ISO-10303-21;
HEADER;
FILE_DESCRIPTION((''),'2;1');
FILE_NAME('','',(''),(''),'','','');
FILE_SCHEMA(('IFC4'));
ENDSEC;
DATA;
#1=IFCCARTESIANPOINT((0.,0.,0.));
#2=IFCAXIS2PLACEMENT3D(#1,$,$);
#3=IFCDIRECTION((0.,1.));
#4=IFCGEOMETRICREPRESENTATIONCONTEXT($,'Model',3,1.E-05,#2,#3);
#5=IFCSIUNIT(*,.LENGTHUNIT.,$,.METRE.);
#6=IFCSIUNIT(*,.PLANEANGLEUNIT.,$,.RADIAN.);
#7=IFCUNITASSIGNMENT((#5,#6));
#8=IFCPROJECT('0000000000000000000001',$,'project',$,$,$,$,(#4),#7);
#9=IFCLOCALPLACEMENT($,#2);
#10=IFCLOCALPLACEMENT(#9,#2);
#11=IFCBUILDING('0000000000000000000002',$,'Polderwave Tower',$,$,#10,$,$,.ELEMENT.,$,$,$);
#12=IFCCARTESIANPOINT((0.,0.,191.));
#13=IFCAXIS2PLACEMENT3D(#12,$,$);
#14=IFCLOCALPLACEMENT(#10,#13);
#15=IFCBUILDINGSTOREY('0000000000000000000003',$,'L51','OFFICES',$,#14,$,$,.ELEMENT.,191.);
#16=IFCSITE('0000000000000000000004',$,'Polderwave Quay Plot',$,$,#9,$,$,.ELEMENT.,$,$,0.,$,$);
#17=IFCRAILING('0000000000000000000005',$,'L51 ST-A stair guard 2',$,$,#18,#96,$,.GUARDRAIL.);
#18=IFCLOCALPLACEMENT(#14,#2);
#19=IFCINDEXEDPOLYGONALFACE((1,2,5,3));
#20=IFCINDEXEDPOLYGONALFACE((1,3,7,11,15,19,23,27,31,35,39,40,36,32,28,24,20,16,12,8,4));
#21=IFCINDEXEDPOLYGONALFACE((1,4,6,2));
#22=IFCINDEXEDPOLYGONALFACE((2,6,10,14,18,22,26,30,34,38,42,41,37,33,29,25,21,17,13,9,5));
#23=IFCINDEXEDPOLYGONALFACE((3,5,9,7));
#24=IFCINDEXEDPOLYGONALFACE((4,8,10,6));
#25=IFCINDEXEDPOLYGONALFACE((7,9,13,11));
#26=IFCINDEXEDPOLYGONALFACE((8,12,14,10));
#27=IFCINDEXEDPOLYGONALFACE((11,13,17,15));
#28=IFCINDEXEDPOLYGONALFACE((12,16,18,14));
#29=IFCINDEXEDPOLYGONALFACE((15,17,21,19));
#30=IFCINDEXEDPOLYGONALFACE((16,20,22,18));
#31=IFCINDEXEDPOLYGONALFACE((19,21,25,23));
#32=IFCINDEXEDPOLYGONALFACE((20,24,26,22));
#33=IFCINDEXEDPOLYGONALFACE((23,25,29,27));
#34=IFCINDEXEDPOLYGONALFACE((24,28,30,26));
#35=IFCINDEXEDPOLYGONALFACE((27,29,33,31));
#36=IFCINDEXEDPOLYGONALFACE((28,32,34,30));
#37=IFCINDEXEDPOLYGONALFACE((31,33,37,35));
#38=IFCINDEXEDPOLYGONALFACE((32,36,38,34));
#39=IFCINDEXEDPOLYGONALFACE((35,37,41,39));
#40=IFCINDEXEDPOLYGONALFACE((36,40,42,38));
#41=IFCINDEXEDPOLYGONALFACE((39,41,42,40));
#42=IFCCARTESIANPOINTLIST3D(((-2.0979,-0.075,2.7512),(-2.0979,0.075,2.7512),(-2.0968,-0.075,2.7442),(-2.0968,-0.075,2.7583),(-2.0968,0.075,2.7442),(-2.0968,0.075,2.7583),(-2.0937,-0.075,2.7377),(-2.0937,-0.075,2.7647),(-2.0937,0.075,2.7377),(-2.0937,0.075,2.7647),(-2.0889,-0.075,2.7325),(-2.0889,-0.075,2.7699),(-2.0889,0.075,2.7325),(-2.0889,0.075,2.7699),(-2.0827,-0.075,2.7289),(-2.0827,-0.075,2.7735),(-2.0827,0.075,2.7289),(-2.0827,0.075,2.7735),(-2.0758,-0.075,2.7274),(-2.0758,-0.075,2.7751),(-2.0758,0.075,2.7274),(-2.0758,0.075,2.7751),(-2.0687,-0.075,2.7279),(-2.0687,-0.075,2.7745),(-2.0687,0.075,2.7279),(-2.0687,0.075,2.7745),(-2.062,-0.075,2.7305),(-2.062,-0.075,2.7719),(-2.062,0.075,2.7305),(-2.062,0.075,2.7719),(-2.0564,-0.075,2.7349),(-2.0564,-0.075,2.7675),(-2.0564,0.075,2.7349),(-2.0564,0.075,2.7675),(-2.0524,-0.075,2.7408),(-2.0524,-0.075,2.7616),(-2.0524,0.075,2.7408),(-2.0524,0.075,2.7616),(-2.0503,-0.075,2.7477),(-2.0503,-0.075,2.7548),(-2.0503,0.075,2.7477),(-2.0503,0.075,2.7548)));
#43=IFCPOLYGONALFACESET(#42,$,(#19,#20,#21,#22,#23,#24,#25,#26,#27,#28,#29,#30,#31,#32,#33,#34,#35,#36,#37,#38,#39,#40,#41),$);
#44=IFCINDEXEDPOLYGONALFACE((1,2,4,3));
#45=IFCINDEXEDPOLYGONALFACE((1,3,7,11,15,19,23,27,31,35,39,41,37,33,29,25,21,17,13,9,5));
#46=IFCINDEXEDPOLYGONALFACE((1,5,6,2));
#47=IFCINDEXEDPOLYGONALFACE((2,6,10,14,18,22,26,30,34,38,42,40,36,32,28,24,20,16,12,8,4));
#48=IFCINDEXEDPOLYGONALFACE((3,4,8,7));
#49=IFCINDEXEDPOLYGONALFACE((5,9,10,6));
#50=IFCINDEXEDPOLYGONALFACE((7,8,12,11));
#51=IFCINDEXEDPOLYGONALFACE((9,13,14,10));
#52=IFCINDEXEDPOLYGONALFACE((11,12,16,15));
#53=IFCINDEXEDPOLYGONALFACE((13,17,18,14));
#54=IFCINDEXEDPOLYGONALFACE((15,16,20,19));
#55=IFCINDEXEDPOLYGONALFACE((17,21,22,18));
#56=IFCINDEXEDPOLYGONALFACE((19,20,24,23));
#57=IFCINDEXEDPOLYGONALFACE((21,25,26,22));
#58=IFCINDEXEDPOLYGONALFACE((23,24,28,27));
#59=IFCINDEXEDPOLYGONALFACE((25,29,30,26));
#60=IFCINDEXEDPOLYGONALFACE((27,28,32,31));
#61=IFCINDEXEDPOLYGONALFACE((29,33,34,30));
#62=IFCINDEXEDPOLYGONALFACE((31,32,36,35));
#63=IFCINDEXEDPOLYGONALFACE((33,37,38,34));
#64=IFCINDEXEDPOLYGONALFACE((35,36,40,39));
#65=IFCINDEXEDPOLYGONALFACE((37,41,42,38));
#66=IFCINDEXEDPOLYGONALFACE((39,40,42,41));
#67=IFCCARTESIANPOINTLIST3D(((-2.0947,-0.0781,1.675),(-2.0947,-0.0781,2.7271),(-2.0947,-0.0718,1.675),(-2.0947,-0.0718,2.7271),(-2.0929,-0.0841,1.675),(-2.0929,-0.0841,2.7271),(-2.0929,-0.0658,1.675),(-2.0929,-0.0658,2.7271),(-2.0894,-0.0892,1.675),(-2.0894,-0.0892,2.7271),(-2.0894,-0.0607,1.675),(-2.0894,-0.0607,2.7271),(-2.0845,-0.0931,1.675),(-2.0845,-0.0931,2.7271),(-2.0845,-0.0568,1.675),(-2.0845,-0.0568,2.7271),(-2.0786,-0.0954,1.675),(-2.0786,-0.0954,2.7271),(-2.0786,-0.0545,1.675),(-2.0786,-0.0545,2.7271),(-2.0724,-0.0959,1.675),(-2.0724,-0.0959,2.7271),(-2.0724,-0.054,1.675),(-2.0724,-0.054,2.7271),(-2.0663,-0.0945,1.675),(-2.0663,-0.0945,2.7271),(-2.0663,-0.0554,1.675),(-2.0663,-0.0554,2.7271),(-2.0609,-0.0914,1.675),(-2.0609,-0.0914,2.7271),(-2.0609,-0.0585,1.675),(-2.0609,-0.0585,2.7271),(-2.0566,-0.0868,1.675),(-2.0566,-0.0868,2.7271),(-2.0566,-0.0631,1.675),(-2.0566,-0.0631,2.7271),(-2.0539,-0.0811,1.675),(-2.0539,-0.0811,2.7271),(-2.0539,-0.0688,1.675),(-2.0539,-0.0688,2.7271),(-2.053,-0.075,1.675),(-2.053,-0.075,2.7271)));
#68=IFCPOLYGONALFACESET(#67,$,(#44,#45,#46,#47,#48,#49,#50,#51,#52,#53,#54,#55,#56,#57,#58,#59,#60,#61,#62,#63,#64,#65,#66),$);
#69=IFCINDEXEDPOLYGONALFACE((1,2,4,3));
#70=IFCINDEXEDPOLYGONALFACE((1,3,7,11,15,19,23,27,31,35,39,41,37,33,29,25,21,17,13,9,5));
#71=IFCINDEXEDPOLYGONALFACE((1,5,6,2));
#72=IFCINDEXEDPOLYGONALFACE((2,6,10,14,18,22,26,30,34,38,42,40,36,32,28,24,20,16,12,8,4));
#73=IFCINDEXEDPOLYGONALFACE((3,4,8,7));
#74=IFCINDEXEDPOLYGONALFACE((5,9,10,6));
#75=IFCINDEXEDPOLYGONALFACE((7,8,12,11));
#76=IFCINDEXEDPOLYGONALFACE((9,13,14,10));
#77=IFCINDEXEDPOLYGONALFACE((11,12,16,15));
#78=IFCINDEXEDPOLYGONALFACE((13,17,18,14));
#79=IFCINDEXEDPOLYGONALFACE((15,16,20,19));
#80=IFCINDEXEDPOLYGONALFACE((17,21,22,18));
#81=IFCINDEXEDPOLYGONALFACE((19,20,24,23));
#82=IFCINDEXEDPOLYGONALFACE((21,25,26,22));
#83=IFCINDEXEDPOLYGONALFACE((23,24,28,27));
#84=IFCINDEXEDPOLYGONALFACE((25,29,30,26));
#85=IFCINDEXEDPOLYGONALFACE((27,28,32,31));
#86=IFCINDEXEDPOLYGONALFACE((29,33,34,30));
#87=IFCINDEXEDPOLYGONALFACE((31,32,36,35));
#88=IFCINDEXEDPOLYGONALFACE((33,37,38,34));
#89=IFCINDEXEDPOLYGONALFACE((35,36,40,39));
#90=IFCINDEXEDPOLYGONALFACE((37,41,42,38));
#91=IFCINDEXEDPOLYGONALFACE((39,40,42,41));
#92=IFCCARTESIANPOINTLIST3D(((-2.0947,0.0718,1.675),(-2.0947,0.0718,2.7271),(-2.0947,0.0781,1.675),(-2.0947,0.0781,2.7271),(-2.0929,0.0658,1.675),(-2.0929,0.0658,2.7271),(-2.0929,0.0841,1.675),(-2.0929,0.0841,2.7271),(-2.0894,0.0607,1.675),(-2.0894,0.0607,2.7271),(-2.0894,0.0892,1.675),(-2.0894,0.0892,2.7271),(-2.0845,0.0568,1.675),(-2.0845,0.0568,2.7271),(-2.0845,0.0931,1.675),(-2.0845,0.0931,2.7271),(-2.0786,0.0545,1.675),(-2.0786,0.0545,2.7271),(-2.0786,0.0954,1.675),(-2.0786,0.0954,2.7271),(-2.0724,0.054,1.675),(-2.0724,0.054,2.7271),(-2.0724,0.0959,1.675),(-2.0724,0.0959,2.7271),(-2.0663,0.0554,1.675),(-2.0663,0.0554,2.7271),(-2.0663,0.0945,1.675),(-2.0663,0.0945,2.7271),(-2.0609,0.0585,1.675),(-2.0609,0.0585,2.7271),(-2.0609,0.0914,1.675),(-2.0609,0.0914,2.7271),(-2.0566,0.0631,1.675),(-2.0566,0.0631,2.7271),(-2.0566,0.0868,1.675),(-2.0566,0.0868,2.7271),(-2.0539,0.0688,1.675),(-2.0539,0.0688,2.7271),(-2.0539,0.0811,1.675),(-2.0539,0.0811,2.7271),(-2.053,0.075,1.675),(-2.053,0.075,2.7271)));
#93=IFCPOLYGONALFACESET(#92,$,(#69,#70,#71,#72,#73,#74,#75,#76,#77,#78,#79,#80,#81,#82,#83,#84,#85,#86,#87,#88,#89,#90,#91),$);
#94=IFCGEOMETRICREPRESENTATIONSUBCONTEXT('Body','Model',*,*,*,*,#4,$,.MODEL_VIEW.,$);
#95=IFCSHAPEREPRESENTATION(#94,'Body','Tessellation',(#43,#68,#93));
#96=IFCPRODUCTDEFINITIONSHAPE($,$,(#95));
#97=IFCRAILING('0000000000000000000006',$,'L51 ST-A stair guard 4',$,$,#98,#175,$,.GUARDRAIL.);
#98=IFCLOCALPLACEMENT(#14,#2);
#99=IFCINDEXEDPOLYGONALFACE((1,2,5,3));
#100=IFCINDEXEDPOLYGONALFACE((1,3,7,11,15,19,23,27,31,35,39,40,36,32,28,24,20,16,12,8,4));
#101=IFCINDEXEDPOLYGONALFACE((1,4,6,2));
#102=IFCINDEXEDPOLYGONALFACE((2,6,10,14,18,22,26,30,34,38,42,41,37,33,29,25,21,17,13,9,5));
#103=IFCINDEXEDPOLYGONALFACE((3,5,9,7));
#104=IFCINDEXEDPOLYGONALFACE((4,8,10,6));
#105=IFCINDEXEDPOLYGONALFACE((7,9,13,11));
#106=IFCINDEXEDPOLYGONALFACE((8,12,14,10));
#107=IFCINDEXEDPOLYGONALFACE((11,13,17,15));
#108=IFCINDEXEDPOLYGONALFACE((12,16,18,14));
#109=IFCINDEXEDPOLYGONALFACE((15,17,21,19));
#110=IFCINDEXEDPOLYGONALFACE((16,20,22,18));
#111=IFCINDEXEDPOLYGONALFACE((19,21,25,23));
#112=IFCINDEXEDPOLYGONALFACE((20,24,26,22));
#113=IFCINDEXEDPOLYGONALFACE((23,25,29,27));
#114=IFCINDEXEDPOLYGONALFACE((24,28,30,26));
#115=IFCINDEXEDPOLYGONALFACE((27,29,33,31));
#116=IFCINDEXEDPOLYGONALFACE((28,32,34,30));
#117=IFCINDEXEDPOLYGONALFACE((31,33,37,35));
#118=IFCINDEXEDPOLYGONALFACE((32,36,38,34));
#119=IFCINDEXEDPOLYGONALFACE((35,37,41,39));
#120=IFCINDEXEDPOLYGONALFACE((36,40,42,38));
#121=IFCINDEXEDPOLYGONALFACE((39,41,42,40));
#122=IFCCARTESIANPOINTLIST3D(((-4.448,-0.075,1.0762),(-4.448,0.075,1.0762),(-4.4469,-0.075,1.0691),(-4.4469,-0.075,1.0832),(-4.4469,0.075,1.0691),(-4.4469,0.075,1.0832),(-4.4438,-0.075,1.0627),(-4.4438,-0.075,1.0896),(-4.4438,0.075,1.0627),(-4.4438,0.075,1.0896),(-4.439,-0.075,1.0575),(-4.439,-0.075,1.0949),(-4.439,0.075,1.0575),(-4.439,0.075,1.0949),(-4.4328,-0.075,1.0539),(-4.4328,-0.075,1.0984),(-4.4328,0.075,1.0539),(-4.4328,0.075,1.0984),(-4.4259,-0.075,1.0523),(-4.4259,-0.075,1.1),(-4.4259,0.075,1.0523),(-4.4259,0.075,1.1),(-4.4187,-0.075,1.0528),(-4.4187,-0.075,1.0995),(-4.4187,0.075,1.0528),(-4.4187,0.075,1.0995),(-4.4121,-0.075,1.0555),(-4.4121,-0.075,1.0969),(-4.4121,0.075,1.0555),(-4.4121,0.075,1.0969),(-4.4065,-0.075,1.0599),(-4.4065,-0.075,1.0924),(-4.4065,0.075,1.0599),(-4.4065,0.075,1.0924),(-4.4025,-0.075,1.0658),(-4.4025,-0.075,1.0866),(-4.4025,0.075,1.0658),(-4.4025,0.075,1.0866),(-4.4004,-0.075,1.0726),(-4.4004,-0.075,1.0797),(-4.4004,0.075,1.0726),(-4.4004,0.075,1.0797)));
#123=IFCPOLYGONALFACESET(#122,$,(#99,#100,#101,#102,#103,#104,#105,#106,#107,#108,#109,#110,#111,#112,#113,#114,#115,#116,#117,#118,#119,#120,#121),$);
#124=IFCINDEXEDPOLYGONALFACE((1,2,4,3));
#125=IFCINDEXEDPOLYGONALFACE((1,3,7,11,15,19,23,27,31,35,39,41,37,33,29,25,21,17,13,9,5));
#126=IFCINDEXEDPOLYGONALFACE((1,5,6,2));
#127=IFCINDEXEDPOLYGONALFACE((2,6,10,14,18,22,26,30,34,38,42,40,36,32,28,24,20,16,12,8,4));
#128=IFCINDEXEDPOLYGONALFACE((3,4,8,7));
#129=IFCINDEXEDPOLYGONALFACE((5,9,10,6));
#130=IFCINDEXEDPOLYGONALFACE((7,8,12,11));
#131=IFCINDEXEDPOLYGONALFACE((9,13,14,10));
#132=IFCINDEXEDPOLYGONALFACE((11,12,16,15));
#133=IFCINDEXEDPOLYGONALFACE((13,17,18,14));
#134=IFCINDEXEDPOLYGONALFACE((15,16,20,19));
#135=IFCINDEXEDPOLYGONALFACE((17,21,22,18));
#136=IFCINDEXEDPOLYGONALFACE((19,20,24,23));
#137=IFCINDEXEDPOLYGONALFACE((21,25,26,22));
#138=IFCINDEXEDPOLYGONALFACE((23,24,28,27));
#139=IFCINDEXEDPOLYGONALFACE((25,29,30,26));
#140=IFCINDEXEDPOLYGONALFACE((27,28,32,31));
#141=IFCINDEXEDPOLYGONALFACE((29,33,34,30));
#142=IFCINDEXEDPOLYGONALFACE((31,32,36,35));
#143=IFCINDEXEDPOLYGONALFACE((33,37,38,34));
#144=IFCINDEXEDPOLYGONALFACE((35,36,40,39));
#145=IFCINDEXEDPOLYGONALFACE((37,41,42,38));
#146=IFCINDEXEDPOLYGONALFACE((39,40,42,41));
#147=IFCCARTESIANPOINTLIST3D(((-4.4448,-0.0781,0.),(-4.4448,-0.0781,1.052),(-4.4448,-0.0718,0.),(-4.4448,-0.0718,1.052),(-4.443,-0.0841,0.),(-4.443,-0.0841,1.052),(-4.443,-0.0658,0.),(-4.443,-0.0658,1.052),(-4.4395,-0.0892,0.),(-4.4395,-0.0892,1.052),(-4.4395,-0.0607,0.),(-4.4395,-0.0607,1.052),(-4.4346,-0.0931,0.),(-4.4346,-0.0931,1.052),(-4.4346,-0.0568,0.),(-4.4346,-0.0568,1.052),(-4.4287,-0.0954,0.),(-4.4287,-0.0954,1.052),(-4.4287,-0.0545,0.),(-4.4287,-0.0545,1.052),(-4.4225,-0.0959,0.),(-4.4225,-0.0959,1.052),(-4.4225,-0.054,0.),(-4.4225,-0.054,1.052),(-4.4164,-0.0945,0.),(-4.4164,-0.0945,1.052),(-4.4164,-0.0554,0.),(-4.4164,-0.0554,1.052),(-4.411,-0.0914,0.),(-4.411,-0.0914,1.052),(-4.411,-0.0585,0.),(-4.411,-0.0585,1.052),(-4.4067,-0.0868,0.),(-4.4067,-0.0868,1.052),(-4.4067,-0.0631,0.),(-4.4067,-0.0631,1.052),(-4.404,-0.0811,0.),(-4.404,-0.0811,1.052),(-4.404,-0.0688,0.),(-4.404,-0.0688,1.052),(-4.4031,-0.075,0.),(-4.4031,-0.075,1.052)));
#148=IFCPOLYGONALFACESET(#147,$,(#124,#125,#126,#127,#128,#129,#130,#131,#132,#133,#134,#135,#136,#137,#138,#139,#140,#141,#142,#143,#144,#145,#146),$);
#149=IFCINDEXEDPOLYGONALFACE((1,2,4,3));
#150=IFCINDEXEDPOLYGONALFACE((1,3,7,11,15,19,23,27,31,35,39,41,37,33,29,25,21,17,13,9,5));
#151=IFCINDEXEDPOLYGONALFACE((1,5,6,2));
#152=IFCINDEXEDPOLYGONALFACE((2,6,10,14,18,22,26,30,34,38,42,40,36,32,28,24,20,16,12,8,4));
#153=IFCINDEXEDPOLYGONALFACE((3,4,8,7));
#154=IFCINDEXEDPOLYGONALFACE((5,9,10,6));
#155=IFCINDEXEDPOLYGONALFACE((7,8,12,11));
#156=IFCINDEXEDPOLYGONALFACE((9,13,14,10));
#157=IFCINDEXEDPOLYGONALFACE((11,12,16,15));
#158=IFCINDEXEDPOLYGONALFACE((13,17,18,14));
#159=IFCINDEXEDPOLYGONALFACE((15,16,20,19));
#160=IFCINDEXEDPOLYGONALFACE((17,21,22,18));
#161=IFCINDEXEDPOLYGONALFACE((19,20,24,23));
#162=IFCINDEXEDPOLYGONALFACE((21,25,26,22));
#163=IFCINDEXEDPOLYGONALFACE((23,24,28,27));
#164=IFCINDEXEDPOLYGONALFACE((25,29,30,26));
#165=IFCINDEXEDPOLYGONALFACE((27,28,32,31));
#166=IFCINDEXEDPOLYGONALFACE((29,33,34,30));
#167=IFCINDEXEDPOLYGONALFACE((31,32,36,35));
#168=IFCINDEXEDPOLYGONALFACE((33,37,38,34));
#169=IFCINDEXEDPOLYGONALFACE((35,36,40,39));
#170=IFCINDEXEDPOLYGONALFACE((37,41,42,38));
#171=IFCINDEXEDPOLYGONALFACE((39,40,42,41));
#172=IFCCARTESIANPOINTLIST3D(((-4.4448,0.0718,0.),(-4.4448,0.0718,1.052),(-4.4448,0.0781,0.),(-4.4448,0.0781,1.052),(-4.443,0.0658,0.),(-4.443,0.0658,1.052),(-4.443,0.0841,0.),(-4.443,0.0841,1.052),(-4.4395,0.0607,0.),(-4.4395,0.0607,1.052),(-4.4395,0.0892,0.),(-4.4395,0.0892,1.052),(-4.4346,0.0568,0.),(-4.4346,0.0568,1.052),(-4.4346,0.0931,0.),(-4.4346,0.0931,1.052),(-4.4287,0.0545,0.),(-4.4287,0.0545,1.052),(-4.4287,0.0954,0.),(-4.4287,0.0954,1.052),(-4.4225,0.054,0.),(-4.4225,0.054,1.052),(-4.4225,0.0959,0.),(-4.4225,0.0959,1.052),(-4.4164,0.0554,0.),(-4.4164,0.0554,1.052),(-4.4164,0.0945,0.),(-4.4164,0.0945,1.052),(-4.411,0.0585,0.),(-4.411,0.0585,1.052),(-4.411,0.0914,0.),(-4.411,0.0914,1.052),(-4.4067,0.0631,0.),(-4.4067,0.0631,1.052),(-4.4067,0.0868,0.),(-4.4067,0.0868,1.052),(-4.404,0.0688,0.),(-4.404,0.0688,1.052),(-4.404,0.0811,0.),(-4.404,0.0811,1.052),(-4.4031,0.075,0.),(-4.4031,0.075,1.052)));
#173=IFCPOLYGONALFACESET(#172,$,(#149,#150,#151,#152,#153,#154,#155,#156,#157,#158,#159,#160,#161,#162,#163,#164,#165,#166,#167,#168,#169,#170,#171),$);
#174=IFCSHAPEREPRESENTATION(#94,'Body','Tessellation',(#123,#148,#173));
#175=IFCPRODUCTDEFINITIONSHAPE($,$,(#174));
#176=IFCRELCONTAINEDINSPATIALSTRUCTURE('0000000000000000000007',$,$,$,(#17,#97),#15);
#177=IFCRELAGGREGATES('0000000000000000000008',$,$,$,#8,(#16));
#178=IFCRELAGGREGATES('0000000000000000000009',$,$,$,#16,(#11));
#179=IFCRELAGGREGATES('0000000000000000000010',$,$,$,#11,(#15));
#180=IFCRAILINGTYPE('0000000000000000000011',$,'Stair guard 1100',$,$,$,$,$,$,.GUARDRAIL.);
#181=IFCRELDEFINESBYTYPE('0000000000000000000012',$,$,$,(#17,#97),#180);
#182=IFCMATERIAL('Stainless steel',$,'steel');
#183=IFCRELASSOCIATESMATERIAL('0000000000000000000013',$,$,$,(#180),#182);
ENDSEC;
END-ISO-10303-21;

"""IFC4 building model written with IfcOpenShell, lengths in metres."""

from ifc_helpers import new_model, si_unit, direction, frame, origin, origin_2d, place, context, subcontext, project, spatial, circle, extrude, material, type_object, element, save


model = new_model("IFC4")

# Units and contexts
model_context = context("Model", 3, precision=1e-05, world=origin(), true_north=direction((0.0, 1.0)))
body_context = subcontext(model_context, "Body", "Model", "MODEL_VIEW")
ifc_project = project(units=[si_unit("LENGTHUNIT", "METRE"), si_unit("PLANEANGLEUNIT", "RADIAN")], contexts=[model_context])

# Site, building, storey
site_placement = place(None, origin())
site = spatial("IfcSite", under=ifc_project, at=site_placement, Name="Polderwave Quay Plot", CompositionType="ELEMENT", RefElevation=0.0)
building_placement = place(site_placement, origin())
building = spatial("IfcBuilding", under=site, at=building_placement, Name="Polderwave Tower", CompositionType="ELEMENT")
storey_placement = place(building_placement, frame((0.0, 0.0, 191.0)))
storey = spatial("IfcBuildingStorey", under=building, at=storey_placement, Name="L51", Description="OFFICES", CompositionType="ELEMENT", Elevation=191.0)

# Shared definitions
ifc_material_1 = material(Name="Stainless steel", Category="steel")

# Railings
railing_type_1 = type_object("IfcRailingType", Name="Stair guard 1100", PredefinedType="GUARDRAIL", material=ifc_material_1)
for number, where, name in (
    (1, (-2.074, -0.075, 1.675), "L51 ST-A stair guard 2"),
    (2, (-4.4241, -0.075, 0.0), "L51 ST-A stair guard 4"),
):
    element("IfcRailing", number, at=place(storey_placement, frame(where)), inside=storey, type_object=railing_type_1, Name=name, PredefinedType="GUARDRAIL", context=body_context, shape_type="SweptSolid", body=[
        extrude(circle(Radius=0.0239, at=origin_2d()), frame((0.0, 0.0, 1.0762), z_axis=(0.0, 1.0, 0.0), x_axis=(-1.0, 0.0, 0.0)), (0.0, 0.0, 1.0), 0.1499),
        extrude(circle(Radius=0.021, at=origin_2d()), origin(), (0.0, 0.0, 1.0), 1.052),
        extrude(circle(Radius=0.021, at=origin_2d()), frame((0.0, 0.1499, 0.0)), (0.0, 0.0, 1.0), 1.052),
    ])

save(model, "model.ifc")
